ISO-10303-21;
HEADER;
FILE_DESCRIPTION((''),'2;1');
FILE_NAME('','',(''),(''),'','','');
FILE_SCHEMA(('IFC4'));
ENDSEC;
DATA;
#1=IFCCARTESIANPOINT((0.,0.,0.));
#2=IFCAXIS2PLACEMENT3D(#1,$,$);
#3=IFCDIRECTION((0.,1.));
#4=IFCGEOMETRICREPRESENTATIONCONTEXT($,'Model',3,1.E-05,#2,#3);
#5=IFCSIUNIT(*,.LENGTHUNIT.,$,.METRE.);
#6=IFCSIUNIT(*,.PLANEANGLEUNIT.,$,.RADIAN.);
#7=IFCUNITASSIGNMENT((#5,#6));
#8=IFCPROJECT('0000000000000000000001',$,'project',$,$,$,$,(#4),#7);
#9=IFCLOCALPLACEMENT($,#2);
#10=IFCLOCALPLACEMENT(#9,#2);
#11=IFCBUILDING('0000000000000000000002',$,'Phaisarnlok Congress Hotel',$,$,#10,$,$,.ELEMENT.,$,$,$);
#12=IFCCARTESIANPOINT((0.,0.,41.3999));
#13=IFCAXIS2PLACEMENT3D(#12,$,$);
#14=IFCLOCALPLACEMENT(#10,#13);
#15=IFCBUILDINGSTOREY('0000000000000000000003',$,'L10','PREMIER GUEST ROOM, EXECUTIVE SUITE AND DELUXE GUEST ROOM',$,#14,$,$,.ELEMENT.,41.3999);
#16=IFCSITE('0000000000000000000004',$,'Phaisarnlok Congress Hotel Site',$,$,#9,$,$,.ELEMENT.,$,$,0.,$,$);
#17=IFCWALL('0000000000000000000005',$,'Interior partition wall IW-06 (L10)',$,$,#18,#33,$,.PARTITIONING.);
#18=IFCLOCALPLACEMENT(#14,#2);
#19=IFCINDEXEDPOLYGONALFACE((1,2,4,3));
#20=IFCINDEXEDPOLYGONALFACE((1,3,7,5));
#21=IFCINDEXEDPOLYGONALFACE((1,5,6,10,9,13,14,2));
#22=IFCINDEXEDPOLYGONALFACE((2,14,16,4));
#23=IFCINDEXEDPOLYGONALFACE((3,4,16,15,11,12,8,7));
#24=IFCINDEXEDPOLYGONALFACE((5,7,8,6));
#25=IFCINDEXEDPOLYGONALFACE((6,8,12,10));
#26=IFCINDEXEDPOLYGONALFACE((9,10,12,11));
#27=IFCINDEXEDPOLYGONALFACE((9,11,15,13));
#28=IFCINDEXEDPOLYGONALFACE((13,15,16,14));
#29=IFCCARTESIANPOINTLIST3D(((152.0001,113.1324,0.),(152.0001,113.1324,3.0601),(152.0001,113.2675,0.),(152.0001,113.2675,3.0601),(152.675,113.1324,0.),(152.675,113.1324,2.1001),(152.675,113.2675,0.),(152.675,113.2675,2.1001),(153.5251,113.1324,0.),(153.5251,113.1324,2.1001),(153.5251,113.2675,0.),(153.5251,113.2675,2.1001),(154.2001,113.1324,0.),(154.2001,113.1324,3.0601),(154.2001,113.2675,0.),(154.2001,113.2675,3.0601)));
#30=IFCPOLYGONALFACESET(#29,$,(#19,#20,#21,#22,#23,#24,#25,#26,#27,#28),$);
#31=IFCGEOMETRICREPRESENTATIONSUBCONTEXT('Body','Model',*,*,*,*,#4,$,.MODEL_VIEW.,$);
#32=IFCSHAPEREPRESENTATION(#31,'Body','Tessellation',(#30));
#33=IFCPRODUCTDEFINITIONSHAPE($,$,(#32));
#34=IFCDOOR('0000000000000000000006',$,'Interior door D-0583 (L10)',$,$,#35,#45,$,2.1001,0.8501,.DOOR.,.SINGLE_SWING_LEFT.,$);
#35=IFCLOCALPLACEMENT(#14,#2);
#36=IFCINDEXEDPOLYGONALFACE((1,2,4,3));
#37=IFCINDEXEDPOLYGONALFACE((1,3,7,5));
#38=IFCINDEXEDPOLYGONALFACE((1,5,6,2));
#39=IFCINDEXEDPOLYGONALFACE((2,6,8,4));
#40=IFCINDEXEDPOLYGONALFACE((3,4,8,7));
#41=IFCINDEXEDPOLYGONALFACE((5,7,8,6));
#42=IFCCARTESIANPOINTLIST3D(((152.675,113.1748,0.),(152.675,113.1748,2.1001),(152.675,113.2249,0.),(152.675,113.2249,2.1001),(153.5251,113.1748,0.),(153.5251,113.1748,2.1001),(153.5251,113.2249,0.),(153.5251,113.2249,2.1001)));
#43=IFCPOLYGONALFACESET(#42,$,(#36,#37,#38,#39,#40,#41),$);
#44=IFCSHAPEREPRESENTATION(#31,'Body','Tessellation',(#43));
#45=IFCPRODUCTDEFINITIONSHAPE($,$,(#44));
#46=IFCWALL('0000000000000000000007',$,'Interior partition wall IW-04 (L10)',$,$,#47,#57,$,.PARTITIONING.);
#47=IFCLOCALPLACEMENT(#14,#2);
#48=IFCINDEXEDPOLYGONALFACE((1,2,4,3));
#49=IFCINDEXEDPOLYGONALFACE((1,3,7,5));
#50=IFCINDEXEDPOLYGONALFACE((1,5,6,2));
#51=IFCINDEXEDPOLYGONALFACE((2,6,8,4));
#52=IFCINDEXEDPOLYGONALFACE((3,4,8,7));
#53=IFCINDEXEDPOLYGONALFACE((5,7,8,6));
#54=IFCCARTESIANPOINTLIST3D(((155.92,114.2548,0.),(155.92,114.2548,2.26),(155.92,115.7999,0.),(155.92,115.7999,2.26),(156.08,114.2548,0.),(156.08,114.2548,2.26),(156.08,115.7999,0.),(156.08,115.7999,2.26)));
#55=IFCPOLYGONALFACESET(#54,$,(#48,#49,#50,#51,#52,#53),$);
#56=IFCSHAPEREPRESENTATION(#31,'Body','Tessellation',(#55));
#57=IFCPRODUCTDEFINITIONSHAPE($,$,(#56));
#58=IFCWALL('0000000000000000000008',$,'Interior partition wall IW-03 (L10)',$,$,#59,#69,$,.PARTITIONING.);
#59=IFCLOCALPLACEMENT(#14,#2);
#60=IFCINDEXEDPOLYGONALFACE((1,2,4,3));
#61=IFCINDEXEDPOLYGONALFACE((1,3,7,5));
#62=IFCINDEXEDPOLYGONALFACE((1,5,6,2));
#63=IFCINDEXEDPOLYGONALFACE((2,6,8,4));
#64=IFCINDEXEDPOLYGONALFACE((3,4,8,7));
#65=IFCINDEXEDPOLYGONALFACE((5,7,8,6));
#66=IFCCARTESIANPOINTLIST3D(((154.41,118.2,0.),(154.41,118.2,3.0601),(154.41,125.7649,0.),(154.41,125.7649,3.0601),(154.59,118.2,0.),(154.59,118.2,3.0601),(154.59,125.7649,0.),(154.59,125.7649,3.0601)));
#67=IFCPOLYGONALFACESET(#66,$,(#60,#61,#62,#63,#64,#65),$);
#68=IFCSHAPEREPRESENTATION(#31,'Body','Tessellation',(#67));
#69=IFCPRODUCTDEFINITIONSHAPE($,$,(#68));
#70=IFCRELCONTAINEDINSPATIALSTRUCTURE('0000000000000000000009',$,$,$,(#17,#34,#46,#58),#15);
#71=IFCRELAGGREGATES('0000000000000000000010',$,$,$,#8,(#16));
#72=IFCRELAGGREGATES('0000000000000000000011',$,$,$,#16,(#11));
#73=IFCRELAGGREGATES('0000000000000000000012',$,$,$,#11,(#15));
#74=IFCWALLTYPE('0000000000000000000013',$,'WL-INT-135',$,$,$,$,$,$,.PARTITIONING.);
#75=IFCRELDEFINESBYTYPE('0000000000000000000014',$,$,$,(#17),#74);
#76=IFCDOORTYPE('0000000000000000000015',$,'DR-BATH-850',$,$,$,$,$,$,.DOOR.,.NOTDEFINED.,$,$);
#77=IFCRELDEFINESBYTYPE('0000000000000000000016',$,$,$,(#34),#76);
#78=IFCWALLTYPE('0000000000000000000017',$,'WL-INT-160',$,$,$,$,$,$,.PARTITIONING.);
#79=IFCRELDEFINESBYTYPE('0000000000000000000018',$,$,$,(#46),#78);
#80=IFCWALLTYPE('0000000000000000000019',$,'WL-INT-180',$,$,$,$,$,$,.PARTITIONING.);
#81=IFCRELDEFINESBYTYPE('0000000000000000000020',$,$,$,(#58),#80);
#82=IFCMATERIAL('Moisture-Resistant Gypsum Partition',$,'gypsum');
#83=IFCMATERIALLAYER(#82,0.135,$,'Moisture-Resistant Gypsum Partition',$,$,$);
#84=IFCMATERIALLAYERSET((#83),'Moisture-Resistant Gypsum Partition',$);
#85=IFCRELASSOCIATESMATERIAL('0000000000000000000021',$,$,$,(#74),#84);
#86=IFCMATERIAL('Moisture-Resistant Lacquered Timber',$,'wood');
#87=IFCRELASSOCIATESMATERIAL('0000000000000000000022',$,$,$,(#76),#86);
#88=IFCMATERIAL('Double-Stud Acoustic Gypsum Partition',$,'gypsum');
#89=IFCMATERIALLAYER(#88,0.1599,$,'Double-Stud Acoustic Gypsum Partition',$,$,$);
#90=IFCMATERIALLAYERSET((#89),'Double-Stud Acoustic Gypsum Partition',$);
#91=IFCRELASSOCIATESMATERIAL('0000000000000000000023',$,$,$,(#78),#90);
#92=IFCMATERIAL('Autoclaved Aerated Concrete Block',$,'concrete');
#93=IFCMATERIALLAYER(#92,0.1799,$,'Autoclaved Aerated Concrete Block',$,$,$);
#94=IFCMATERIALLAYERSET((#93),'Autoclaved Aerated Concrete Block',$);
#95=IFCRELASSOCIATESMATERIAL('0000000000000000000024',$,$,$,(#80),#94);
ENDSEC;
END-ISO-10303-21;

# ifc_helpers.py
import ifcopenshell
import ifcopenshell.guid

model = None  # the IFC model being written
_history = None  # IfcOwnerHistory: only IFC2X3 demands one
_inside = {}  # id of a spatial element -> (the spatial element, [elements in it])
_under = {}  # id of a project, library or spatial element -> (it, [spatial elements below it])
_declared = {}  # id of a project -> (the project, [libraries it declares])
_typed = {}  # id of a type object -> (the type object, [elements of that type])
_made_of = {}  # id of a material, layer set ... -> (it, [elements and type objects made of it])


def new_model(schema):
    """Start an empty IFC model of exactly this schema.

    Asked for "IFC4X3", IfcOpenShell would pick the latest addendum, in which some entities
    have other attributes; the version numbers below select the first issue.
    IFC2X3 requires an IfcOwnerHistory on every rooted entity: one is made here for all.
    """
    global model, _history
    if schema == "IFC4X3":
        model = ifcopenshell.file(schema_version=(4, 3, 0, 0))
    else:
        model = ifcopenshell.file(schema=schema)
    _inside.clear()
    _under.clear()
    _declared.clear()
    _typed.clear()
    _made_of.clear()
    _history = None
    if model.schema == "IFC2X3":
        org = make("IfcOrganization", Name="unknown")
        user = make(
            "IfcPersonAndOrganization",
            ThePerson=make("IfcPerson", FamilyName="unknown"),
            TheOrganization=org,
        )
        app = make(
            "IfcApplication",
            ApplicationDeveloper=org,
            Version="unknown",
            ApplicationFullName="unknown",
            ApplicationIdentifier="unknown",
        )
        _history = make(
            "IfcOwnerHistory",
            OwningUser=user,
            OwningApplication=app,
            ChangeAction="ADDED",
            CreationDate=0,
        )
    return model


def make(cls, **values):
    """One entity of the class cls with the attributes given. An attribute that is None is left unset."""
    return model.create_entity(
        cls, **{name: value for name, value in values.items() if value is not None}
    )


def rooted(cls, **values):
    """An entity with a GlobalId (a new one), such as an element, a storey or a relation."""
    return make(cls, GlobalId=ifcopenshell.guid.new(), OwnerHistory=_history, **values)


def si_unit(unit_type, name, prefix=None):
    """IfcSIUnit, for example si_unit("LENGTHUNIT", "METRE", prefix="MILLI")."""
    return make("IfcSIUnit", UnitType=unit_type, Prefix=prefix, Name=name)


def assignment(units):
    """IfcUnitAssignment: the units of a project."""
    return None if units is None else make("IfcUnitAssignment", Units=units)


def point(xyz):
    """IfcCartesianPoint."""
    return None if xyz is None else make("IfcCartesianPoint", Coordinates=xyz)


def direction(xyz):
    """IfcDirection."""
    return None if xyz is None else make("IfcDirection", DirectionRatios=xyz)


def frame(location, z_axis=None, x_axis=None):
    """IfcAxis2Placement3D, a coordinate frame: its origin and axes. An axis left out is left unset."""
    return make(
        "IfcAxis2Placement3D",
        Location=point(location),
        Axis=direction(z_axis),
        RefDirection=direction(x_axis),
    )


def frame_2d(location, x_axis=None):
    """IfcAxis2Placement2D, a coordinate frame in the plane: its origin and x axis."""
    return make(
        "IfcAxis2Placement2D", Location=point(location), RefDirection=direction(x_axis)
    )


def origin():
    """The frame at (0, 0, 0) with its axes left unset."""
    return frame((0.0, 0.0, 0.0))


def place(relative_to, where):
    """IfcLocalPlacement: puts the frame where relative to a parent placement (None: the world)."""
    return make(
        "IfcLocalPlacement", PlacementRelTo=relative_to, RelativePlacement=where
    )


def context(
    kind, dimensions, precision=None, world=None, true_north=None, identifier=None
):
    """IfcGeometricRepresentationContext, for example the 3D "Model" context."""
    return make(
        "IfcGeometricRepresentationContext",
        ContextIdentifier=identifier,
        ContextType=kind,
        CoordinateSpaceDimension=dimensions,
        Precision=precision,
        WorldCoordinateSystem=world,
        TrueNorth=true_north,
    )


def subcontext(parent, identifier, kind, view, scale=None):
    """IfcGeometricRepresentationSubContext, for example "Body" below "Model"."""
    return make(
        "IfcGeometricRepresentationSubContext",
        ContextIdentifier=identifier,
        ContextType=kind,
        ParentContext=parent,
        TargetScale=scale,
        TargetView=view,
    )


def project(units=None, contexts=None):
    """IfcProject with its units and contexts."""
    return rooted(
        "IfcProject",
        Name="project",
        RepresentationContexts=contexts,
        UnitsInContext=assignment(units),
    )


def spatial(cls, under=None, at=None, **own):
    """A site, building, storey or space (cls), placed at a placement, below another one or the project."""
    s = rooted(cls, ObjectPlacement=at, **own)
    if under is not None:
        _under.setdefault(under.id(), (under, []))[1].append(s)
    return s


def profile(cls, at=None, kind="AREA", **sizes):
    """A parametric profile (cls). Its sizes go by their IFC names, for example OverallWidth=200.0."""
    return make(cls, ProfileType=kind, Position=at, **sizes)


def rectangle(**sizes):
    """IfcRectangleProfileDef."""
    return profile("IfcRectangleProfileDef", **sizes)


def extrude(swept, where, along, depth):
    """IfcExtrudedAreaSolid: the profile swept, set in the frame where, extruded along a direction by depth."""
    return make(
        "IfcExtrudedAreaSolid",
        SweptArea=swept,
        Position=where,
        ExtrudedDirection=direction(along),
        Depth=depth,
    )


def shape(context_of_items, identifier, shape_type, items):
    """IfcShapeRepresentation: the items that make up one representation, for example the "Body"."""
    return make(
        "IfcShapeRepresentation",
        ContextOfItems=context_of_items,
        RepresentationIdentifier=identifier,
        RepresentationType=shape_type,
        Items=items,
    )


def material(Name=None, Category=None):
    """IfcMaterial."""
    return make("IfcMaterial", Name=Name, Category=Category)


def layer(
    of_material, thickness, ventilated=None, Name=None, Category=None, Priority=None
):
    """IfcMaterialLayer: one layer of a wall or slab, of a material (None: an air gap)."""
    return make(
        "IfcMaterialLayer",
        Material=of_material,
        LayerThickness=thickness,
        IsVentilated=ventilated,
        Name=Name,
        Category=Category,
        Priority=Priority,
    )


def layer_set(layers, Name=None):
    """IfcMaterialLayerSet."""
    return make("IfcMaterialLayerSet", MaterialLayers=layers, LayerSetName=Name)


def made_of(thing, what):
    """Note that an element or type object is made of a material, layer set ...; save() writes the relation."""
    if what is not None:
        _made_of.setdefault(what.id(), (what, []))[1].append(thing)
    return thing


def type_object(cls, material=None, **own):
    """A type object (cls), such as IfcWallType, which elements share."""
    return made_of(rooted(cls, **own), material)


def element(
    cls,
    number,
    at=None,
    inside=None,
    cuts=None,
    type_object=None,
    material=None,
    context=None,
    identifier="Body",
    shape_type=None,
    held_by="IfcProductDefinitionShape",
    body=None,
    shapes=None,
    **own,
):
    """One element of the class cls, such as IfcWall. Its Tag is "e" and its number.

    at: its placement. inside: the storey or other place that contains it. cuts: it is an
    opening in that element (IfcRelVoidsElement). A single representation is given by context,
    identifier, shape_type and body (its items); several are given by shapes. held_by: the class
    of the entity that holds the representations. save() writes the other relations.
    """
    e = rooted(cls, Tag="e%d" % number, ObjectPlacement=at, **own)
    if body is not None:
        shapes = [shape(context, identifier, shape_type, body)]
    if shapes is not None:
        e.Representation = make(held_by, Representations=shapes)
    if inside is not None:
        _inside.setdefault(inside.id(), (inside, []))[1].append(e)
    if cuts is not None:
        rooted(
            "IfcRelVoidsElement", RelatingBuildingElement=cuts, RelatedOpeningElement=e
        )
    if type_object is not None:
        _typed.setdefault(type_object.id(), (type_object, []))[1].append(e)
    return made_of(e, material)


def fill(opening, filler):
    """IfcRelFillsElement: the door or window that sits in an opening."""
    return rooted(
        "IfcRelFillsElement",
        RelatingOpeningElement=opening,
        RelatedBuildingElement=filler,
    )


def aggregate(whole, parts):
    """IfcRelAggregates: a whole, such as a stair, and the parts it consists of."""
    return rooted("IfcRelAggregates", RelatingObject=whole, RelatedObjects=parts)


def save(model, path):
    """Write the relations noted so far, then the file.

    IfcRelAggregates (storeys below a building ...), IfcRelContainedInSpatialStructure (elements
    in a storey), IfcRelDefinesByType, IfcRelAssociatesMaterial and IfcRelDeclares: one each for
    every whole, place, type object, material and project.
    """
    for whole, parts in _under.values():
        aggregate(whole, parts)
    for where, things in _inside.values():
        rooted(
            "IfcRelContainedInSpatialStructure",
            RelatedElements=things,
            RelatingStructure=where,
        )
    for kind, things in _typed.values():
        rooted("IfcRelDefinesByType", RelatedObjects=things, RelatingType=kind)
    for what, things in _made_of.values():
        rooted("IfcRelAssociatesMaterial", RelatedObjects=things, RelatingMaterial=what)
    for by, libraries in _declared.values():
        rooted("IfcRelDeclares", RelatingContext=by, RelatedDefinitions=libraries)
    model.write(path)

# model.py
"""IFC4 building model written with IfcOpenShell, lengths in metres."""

from ifc_helpers import new_model, si_unit, direction, frame, frame_2d, origin, place, context, subcontext, project, spatial, rectangle, extrude, material, layer, layer_set, type_object, element, fill, save


model = new_model("IFC4")

# Units and contexts
model_context = context("Model", 3, precision=1e-05, world=origin(), true_north=direction((0.0, 1.0)))
body_context = subcontext(model_context, "Body", "Model", "MODEL_VIEW")
ifc_project = project(units=[si_unit("LENGTHUNIT", "METRE"), si_unit("PLANEANGLEUNIT", "RADIAN")], contexts=[model_context])

# Site, building, storey
site_placement = place(None, origin())
site = spatial("IfcSite", under=ifc_project, at=site_placement, Name="Phaisarnlok Congress Hotel Site", CompositionType="ELEMENT", RefElevation=0.0)
building_placement = place(site_placement, origin())
building = spatial("IfcBuilding", under=site, at=building_placement, Name="Phaisarnlok Congress Hotel", CompositionType="ELEMENT")
storey_placement = place(building_placement, frame((0.0, 0.0, 41.3999)))
storey = spatial("IfcBuildingStorey", under=building, at=storey_placement, Name="L10", Description="PREMIER GUEST ROOM, EXECUTIVE SUITE AND DELUXE GUEST ROOM", CompositionType="ELEMENT", Elevation=41.3999)

# Shared definitions
ifc_material_1 = material(Name="Moisture-Resistant Gypsum Partition", Category="gypsum")
ifc_layer_1 = layer(ifc_material_1, 0.135, Name="Moisture-Resistant Gypsum Partition")
ifc_layer_set_1 = layer_set([ifc_layer_1], Name="Moisture-Resistant Gypsum Partition")
wall_type_1 = type_object("IfcWallType", Name="WL-INT-135", PredefinedType="PARTITIONING", material=ifc_layer_set_1)

# Wall, opening, door
wall_1_placement = place(storey_placement, frame((152.0, 113.2, 0.0), z_axis=(0.0, 0.0, 1.0), x_axis=(1.0, 0.0, 0.0)))
wall_1 = element("IfcWall", 1, at=wall_1_placement, inside=storey, type_object=wall_type_1, Name="Interior partition wall IW-06 (L10)", PredefinedType="PARTITIONING", context=body_context, shape_type="SweptSolid", body=[
    extrude(rectangle(XDim=2.2, YDim=0.135, at=frame_2d((1.1001, 0.0))), origin(), (0.0, 0.0, 1.0), 3.0601),
])
opening_placement = place(wall_1_placement, frame((0.675, 0.0, 0.0)))
opening = element("IfcOpeningElement", 2, at=opening_placement, cuts=wall_1, PredefinedType="OPENING", context=body_context, shape_type="SweptSolid", body=[
    extrude(rectangle(XDim=0.8501, YDim=2.1001, at=frame_2d((0.425, 1.05))), frame((0.0, 0.0776, 0.0), z_axis=(0.0, -1.0, 0.0), x_axis=(1.0, 0.0, 0.0)), (0.0, 0.0, 1.0), 0.155),
])
ifc_material_2 = material(Name="Moisture-Resistant Lacquered Timber", Category="wood")
door_type = type_object("IfcDoorType", Name="DR-BATH-850", OperationType="NOTDEFINED", PredefinedType="DOOR", material=ifc_material_2)
door_placement = place(opening_placement, origin())
door = element("IfcDoor", 3, at=door_placement, inside=storey, type_object=door_type, Name="Interior door D-0583 (L10)", OperationType="SINGLE_SWING_LEFT", OverallHeight=2.1001, OverallWidth=0.8501, PredefinedType="DOOR", context=body_context, shape_type="SweptSolid", body=[
    extrude(rectangle(XDim=0.8501, YDim=2.1001, at=frame_2d((0.425, 1.05))), frame((0.0, 0.0249, 0.0), z_axis=(0.0, -1.0, 0.0), x_axis=(1.0, 0.0, 0.0)), (0.0, 0.0, 1.0), 0.05),
])
fill(opening, door)

# Walls
ifc_material_3 = material(Name="Double-Stud Acoustic Gypsum Partition", Category="gypsum")
ifc_layer_2 = layer(ifc_material_3, 0.1599, Name="Double-Stud Acoustic Gypsum Partition")
ifc_layer_set_2 = layer_set([ifc_layer_2], Name="Double-Stud Acoustic Gypsum Partition")
wall_type_2 = type_object("IfcWallType", Name="WL-INT-160", PredefinedType="PARTITIONING", material=ifc_layer_set_2)
wall_2_placement = place(storey_placement, frame((156.0, 114.2549, 0.0), z_axis=(0.0, 0.0, 1.0), x_axis=(0.0, 1.0, 0.0)))
element("IfcWall", 4, at=wall_2_placement, inside=storey, type_object=wall_type_2, Name="Interior partition wall IW-04 (L10)", PredefinedType="PARTITIONING", context=body_context, shape_type="SweptSolid", body=[
    extrude(rectangle(XDim=1.5452, YDim=0.1599, at=frame_2d((0.7725, 0.0))), origin(), (0.0, 0.0, 1.0), 2.26),
])
ifc_material_4 = material(Name="Autoclaved Aerated Concrete Block", Category="concrete")
ifc_layer_3 = layer(ifc_material_4, 0.1799, Name="Autoclaved Aerated Concrete Block")
ifc_layer_set_3 = layer_set([ifc_layer_3], Name="Autoclaved Aerated Concrete Block")
wall_type_3 = type_object("IfcWallType", Name="WL-INT-180", PredefinedType="PARTITIONING", material=ifc_layer_set_3)
wall_3_placement = place(storey_placement, frame((154.5, 118.2, 0.0), z_axis=(0.0, 0.0, 1.0), x_axis=(0.0, 1.0, 0.0)))
element("IfcWall", 5, at=wall_3_placement, inside=storey, type_object=wall_type_3, Name="Interior partition wall IW-03 (L10)", PredefinedType="PARTITIONING", context=body_context, shape_type="SweptSolid", body=[
    extrude(rectangle(XDim=7.5649, YDim=0.1799, at=frame_2d((3.7825, 0.0))), origin(), (0.0, 0.0, 1.0), 3.0601),
])

save(model, "model.ifc")
